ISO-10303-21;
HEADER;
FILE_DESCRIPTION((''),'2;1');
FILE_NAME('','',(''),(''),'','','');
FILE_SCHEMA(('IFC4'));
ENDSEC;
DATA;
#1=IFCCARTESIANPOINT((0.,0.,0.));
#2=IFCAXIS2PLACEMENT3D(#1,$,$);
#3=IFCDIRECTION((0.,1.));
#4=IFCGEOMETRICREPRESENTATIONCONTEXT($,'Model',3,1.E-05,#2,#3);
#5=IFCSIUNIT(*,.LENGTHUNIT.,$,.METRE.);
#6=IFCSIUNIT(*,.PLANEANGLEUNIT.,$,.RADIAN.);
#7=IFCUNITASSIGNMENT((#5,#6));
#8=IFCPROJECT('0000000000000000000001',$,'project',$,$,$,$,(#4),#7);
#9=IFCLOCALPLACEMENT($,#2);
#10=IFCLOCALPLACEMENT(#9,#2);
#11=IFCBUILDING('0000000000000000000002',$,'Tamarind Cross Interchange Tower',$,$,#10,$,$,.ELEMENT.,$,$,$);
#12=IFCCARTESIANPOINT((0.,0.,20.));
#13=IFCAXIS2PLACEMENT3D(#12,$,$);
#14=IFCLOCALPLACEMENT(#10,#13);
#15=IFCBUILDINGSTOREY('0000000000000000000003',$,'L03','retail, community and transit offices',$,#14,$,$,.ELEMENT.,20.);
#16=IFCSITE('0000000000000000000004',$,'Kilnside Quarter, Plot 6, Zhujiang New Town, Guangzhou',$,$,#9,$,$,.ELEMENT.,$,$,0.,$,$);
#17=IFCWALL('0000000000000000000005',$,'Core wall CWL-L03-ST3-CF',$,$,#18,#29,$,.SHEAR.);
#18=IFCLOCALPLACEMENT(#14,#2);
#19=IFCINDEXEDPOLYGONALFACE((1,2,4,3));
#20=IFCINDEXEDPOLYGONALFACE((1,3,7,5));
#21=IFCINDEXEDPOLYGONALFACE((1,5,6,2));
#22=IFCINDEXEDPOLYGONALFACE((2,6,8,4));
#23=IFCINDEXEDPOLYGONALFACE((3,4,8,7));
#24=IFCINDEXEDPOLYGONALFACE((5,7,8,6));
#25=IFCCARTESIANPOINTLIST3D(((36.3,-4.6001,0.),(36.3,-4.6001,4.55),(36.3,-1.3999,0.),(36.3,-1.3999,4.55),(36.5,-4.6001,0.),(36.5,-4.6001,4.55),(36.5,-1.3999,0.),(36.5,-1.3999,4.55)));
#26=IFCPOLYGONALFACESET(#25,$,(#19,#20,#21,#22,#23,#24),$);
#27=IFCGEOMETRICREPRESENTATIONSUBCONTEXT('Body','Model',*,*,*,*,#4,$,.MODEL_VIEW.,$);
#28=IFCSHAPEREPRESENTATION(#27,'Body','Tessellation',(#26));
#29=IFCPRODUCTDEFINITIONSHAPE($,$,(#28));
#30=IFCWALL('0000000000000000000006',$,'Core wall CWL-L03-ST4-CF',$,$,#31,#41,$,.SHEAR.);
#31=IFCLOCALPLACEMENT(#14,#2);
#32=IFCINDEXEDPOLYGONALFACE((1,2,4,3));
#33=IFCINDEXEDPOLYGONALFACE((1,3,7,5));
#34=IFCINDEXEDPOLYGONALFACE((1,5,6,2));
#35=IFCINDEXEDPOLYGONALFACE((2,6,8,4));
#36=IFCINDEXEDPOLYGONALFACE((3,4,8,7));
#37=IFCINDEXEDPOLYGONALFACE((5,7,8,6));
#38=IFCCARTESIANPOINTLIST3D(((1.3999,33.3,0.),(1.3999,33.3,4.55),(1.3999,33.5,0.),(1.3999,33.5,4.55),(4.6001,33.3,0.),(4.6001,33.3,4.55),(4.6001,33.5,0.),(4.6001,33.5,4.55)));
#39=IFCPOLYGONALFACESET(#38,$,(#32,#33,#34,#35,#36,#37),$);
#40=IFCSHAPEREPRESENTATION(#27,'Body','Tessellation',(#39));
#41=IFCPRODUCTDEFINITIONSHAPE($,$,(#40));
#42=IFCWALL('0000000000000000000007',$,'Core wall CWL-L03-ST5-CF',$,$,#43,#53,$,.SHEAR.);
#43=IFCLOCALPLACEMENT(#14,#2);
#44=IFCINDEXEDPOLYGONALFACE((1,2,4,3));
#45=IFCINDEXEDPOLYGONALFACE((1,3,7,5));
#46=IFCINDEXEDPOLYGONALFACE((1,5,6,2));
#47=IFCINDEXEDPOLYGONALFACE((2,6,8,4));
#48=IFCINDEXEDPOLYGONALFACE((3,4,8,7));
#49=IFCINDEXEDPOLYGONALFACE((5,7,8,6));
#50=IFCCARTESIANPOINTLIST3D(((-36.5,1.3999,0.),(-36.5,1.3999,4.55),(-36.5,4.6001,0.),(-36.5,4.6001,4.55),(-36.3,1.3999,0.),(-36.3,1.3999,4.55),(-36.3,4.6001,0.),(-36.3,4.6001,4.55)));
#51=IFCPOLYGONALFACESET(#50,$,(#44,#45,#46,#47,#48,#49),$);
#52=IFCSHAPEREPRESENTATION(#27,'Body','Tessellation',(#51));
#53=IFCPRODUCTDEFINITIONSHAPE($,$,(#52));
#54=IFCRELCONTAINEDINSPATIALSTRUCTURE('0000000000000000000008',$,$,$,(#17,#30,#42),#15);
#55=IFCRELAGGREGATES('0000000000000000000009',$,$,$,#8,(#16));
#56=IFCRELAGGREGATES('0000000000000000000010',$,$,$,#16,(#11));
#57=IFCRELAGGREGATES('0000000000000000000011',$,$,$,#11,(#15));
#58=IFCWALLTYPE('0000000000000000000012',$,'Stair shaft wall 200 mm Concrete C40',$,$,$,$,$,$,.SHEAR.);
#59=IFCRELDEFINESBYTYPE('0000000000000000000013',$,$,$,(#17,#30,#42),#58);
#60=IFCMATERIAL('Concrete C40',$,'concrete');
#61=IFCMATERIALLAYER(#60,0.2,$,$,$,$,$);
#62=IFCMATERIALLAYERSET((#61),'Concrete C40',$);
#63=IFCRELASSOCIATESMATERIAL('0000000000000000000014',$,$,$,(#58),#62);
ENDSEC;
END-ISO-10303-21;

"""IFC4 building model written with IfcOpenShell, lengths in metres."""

from ifc_helpers import new_model, si_unit, direction, frame, origin, place, context, subcontext, project, spatial, polyline, outline, extrude, material, layer, layer_set, type_object, element, save


model = new_model("IFC4")

# Units and contexts
model_context = context("Model", 3, precision=1e-05, world=origin(), true_north=direction((0.0, 1.0)))
body_context = subcontext(model_context, "Body", "Model", "MODEL_VIEW")
ifc_project = project(units=[si_unit("LENGTHUNIT", "METRE"), si_unit("PLANEANGLEUNIT", "RADIAN")], contexts=[model_context])

# Site, building, storey
site_placement = place(None, origin())
site = spatial("IfcSite", under=ifc_project, at=site_placement, Name="Kilnside Quarter, Plot 6, Zhujiang New Town, Guangzhou", CompositionType="ELEMENT", RefElevation=0.0)
building_placement = place(site_placement, origin())
building = spatial("IfcBuilding", under=site, at=building_placement, Name="Tamarind Cross Interchange Tower", CompositionType="ELEMENT")
storey_placement = place(building_placement, frame((0.0, 0.0, 20.0)))
storey = spatial("IfcBuildingStorey", under=building, at=storey_placement, Name="L03", Description="retail, community and transit offices", CompositionType="ELEMENT", Elevation=20.0)

# Shared definitions
ifc_material_1 = material(Name="Concrete C40", Category="concrete")

# Walls
ifc_layer_1 = layer(ifc_material_1, 0.2)
ifc_layer_set_1 = layer_set([ifc_layer_1], Name="Concrete C40")
wall_type_1 = type_object("IfcWallType", Name="Stair shaft wall 200 mm Concrete C40", PredefinedType="SHEAR", material=ifc_layer_set_1)
wall_1_placement = place(storey_placement, origin())
element("IfcWall", 1, at=wall_1_placement, inside=storey, type_object=wall_type_1, Name="Core wall CWL-L03-ST3-CF", PredefinedType="SHEAR", context=body_context, shape_type="SweptSolid", body=[
    extrude(outline(polyline([(36.3, -4.6001), (36.5, -4.6001), (36.5, -1.3999), (36.3, -1.3999), (36.3, -4.6001)])), origin(), (0.0, 0.0, 1.0), 4.55),
])
wall_2_placement = place(storey_placement, origin())
element("IfcWall", 2, at=wall_2_placement, inside=storey, type_object=wall_type_1, Name="Core wall CWL-L03-ST4-CF", PredefinedType="SHEAR", context=body_context, shape_type="SweptSolid", body=[
    extrude(outline(polyline([(4.6001, 33.3), (4.6001, 33.5), (1.3999, 33.5), (1.3999, 33.3), (4.6001, 33.3)])), origin(), (0.0, 0.0, 1.0), 4.55),
])
wall_3_placement = place(storey_placement, origin())
element("IfcWall", 3, at=wall_3_placement, inside=storey, type_object=wall_type_1, Name="Core wall CWL-L03-ST5-CF", PredefinedType="SHEAR", context=body_context, shape_type="SweptSolid", body=[
    extrude(outline(polyline([(-36.3, 4.6001), (-36.5, 4.6001), (-36.5, 1.3999), (-36.3, 1.3999), (-36.3, 4.6001)])), origin(), (0.0, 0.0, 1.0), 4.55),
])

save(model, "model.ifc")
